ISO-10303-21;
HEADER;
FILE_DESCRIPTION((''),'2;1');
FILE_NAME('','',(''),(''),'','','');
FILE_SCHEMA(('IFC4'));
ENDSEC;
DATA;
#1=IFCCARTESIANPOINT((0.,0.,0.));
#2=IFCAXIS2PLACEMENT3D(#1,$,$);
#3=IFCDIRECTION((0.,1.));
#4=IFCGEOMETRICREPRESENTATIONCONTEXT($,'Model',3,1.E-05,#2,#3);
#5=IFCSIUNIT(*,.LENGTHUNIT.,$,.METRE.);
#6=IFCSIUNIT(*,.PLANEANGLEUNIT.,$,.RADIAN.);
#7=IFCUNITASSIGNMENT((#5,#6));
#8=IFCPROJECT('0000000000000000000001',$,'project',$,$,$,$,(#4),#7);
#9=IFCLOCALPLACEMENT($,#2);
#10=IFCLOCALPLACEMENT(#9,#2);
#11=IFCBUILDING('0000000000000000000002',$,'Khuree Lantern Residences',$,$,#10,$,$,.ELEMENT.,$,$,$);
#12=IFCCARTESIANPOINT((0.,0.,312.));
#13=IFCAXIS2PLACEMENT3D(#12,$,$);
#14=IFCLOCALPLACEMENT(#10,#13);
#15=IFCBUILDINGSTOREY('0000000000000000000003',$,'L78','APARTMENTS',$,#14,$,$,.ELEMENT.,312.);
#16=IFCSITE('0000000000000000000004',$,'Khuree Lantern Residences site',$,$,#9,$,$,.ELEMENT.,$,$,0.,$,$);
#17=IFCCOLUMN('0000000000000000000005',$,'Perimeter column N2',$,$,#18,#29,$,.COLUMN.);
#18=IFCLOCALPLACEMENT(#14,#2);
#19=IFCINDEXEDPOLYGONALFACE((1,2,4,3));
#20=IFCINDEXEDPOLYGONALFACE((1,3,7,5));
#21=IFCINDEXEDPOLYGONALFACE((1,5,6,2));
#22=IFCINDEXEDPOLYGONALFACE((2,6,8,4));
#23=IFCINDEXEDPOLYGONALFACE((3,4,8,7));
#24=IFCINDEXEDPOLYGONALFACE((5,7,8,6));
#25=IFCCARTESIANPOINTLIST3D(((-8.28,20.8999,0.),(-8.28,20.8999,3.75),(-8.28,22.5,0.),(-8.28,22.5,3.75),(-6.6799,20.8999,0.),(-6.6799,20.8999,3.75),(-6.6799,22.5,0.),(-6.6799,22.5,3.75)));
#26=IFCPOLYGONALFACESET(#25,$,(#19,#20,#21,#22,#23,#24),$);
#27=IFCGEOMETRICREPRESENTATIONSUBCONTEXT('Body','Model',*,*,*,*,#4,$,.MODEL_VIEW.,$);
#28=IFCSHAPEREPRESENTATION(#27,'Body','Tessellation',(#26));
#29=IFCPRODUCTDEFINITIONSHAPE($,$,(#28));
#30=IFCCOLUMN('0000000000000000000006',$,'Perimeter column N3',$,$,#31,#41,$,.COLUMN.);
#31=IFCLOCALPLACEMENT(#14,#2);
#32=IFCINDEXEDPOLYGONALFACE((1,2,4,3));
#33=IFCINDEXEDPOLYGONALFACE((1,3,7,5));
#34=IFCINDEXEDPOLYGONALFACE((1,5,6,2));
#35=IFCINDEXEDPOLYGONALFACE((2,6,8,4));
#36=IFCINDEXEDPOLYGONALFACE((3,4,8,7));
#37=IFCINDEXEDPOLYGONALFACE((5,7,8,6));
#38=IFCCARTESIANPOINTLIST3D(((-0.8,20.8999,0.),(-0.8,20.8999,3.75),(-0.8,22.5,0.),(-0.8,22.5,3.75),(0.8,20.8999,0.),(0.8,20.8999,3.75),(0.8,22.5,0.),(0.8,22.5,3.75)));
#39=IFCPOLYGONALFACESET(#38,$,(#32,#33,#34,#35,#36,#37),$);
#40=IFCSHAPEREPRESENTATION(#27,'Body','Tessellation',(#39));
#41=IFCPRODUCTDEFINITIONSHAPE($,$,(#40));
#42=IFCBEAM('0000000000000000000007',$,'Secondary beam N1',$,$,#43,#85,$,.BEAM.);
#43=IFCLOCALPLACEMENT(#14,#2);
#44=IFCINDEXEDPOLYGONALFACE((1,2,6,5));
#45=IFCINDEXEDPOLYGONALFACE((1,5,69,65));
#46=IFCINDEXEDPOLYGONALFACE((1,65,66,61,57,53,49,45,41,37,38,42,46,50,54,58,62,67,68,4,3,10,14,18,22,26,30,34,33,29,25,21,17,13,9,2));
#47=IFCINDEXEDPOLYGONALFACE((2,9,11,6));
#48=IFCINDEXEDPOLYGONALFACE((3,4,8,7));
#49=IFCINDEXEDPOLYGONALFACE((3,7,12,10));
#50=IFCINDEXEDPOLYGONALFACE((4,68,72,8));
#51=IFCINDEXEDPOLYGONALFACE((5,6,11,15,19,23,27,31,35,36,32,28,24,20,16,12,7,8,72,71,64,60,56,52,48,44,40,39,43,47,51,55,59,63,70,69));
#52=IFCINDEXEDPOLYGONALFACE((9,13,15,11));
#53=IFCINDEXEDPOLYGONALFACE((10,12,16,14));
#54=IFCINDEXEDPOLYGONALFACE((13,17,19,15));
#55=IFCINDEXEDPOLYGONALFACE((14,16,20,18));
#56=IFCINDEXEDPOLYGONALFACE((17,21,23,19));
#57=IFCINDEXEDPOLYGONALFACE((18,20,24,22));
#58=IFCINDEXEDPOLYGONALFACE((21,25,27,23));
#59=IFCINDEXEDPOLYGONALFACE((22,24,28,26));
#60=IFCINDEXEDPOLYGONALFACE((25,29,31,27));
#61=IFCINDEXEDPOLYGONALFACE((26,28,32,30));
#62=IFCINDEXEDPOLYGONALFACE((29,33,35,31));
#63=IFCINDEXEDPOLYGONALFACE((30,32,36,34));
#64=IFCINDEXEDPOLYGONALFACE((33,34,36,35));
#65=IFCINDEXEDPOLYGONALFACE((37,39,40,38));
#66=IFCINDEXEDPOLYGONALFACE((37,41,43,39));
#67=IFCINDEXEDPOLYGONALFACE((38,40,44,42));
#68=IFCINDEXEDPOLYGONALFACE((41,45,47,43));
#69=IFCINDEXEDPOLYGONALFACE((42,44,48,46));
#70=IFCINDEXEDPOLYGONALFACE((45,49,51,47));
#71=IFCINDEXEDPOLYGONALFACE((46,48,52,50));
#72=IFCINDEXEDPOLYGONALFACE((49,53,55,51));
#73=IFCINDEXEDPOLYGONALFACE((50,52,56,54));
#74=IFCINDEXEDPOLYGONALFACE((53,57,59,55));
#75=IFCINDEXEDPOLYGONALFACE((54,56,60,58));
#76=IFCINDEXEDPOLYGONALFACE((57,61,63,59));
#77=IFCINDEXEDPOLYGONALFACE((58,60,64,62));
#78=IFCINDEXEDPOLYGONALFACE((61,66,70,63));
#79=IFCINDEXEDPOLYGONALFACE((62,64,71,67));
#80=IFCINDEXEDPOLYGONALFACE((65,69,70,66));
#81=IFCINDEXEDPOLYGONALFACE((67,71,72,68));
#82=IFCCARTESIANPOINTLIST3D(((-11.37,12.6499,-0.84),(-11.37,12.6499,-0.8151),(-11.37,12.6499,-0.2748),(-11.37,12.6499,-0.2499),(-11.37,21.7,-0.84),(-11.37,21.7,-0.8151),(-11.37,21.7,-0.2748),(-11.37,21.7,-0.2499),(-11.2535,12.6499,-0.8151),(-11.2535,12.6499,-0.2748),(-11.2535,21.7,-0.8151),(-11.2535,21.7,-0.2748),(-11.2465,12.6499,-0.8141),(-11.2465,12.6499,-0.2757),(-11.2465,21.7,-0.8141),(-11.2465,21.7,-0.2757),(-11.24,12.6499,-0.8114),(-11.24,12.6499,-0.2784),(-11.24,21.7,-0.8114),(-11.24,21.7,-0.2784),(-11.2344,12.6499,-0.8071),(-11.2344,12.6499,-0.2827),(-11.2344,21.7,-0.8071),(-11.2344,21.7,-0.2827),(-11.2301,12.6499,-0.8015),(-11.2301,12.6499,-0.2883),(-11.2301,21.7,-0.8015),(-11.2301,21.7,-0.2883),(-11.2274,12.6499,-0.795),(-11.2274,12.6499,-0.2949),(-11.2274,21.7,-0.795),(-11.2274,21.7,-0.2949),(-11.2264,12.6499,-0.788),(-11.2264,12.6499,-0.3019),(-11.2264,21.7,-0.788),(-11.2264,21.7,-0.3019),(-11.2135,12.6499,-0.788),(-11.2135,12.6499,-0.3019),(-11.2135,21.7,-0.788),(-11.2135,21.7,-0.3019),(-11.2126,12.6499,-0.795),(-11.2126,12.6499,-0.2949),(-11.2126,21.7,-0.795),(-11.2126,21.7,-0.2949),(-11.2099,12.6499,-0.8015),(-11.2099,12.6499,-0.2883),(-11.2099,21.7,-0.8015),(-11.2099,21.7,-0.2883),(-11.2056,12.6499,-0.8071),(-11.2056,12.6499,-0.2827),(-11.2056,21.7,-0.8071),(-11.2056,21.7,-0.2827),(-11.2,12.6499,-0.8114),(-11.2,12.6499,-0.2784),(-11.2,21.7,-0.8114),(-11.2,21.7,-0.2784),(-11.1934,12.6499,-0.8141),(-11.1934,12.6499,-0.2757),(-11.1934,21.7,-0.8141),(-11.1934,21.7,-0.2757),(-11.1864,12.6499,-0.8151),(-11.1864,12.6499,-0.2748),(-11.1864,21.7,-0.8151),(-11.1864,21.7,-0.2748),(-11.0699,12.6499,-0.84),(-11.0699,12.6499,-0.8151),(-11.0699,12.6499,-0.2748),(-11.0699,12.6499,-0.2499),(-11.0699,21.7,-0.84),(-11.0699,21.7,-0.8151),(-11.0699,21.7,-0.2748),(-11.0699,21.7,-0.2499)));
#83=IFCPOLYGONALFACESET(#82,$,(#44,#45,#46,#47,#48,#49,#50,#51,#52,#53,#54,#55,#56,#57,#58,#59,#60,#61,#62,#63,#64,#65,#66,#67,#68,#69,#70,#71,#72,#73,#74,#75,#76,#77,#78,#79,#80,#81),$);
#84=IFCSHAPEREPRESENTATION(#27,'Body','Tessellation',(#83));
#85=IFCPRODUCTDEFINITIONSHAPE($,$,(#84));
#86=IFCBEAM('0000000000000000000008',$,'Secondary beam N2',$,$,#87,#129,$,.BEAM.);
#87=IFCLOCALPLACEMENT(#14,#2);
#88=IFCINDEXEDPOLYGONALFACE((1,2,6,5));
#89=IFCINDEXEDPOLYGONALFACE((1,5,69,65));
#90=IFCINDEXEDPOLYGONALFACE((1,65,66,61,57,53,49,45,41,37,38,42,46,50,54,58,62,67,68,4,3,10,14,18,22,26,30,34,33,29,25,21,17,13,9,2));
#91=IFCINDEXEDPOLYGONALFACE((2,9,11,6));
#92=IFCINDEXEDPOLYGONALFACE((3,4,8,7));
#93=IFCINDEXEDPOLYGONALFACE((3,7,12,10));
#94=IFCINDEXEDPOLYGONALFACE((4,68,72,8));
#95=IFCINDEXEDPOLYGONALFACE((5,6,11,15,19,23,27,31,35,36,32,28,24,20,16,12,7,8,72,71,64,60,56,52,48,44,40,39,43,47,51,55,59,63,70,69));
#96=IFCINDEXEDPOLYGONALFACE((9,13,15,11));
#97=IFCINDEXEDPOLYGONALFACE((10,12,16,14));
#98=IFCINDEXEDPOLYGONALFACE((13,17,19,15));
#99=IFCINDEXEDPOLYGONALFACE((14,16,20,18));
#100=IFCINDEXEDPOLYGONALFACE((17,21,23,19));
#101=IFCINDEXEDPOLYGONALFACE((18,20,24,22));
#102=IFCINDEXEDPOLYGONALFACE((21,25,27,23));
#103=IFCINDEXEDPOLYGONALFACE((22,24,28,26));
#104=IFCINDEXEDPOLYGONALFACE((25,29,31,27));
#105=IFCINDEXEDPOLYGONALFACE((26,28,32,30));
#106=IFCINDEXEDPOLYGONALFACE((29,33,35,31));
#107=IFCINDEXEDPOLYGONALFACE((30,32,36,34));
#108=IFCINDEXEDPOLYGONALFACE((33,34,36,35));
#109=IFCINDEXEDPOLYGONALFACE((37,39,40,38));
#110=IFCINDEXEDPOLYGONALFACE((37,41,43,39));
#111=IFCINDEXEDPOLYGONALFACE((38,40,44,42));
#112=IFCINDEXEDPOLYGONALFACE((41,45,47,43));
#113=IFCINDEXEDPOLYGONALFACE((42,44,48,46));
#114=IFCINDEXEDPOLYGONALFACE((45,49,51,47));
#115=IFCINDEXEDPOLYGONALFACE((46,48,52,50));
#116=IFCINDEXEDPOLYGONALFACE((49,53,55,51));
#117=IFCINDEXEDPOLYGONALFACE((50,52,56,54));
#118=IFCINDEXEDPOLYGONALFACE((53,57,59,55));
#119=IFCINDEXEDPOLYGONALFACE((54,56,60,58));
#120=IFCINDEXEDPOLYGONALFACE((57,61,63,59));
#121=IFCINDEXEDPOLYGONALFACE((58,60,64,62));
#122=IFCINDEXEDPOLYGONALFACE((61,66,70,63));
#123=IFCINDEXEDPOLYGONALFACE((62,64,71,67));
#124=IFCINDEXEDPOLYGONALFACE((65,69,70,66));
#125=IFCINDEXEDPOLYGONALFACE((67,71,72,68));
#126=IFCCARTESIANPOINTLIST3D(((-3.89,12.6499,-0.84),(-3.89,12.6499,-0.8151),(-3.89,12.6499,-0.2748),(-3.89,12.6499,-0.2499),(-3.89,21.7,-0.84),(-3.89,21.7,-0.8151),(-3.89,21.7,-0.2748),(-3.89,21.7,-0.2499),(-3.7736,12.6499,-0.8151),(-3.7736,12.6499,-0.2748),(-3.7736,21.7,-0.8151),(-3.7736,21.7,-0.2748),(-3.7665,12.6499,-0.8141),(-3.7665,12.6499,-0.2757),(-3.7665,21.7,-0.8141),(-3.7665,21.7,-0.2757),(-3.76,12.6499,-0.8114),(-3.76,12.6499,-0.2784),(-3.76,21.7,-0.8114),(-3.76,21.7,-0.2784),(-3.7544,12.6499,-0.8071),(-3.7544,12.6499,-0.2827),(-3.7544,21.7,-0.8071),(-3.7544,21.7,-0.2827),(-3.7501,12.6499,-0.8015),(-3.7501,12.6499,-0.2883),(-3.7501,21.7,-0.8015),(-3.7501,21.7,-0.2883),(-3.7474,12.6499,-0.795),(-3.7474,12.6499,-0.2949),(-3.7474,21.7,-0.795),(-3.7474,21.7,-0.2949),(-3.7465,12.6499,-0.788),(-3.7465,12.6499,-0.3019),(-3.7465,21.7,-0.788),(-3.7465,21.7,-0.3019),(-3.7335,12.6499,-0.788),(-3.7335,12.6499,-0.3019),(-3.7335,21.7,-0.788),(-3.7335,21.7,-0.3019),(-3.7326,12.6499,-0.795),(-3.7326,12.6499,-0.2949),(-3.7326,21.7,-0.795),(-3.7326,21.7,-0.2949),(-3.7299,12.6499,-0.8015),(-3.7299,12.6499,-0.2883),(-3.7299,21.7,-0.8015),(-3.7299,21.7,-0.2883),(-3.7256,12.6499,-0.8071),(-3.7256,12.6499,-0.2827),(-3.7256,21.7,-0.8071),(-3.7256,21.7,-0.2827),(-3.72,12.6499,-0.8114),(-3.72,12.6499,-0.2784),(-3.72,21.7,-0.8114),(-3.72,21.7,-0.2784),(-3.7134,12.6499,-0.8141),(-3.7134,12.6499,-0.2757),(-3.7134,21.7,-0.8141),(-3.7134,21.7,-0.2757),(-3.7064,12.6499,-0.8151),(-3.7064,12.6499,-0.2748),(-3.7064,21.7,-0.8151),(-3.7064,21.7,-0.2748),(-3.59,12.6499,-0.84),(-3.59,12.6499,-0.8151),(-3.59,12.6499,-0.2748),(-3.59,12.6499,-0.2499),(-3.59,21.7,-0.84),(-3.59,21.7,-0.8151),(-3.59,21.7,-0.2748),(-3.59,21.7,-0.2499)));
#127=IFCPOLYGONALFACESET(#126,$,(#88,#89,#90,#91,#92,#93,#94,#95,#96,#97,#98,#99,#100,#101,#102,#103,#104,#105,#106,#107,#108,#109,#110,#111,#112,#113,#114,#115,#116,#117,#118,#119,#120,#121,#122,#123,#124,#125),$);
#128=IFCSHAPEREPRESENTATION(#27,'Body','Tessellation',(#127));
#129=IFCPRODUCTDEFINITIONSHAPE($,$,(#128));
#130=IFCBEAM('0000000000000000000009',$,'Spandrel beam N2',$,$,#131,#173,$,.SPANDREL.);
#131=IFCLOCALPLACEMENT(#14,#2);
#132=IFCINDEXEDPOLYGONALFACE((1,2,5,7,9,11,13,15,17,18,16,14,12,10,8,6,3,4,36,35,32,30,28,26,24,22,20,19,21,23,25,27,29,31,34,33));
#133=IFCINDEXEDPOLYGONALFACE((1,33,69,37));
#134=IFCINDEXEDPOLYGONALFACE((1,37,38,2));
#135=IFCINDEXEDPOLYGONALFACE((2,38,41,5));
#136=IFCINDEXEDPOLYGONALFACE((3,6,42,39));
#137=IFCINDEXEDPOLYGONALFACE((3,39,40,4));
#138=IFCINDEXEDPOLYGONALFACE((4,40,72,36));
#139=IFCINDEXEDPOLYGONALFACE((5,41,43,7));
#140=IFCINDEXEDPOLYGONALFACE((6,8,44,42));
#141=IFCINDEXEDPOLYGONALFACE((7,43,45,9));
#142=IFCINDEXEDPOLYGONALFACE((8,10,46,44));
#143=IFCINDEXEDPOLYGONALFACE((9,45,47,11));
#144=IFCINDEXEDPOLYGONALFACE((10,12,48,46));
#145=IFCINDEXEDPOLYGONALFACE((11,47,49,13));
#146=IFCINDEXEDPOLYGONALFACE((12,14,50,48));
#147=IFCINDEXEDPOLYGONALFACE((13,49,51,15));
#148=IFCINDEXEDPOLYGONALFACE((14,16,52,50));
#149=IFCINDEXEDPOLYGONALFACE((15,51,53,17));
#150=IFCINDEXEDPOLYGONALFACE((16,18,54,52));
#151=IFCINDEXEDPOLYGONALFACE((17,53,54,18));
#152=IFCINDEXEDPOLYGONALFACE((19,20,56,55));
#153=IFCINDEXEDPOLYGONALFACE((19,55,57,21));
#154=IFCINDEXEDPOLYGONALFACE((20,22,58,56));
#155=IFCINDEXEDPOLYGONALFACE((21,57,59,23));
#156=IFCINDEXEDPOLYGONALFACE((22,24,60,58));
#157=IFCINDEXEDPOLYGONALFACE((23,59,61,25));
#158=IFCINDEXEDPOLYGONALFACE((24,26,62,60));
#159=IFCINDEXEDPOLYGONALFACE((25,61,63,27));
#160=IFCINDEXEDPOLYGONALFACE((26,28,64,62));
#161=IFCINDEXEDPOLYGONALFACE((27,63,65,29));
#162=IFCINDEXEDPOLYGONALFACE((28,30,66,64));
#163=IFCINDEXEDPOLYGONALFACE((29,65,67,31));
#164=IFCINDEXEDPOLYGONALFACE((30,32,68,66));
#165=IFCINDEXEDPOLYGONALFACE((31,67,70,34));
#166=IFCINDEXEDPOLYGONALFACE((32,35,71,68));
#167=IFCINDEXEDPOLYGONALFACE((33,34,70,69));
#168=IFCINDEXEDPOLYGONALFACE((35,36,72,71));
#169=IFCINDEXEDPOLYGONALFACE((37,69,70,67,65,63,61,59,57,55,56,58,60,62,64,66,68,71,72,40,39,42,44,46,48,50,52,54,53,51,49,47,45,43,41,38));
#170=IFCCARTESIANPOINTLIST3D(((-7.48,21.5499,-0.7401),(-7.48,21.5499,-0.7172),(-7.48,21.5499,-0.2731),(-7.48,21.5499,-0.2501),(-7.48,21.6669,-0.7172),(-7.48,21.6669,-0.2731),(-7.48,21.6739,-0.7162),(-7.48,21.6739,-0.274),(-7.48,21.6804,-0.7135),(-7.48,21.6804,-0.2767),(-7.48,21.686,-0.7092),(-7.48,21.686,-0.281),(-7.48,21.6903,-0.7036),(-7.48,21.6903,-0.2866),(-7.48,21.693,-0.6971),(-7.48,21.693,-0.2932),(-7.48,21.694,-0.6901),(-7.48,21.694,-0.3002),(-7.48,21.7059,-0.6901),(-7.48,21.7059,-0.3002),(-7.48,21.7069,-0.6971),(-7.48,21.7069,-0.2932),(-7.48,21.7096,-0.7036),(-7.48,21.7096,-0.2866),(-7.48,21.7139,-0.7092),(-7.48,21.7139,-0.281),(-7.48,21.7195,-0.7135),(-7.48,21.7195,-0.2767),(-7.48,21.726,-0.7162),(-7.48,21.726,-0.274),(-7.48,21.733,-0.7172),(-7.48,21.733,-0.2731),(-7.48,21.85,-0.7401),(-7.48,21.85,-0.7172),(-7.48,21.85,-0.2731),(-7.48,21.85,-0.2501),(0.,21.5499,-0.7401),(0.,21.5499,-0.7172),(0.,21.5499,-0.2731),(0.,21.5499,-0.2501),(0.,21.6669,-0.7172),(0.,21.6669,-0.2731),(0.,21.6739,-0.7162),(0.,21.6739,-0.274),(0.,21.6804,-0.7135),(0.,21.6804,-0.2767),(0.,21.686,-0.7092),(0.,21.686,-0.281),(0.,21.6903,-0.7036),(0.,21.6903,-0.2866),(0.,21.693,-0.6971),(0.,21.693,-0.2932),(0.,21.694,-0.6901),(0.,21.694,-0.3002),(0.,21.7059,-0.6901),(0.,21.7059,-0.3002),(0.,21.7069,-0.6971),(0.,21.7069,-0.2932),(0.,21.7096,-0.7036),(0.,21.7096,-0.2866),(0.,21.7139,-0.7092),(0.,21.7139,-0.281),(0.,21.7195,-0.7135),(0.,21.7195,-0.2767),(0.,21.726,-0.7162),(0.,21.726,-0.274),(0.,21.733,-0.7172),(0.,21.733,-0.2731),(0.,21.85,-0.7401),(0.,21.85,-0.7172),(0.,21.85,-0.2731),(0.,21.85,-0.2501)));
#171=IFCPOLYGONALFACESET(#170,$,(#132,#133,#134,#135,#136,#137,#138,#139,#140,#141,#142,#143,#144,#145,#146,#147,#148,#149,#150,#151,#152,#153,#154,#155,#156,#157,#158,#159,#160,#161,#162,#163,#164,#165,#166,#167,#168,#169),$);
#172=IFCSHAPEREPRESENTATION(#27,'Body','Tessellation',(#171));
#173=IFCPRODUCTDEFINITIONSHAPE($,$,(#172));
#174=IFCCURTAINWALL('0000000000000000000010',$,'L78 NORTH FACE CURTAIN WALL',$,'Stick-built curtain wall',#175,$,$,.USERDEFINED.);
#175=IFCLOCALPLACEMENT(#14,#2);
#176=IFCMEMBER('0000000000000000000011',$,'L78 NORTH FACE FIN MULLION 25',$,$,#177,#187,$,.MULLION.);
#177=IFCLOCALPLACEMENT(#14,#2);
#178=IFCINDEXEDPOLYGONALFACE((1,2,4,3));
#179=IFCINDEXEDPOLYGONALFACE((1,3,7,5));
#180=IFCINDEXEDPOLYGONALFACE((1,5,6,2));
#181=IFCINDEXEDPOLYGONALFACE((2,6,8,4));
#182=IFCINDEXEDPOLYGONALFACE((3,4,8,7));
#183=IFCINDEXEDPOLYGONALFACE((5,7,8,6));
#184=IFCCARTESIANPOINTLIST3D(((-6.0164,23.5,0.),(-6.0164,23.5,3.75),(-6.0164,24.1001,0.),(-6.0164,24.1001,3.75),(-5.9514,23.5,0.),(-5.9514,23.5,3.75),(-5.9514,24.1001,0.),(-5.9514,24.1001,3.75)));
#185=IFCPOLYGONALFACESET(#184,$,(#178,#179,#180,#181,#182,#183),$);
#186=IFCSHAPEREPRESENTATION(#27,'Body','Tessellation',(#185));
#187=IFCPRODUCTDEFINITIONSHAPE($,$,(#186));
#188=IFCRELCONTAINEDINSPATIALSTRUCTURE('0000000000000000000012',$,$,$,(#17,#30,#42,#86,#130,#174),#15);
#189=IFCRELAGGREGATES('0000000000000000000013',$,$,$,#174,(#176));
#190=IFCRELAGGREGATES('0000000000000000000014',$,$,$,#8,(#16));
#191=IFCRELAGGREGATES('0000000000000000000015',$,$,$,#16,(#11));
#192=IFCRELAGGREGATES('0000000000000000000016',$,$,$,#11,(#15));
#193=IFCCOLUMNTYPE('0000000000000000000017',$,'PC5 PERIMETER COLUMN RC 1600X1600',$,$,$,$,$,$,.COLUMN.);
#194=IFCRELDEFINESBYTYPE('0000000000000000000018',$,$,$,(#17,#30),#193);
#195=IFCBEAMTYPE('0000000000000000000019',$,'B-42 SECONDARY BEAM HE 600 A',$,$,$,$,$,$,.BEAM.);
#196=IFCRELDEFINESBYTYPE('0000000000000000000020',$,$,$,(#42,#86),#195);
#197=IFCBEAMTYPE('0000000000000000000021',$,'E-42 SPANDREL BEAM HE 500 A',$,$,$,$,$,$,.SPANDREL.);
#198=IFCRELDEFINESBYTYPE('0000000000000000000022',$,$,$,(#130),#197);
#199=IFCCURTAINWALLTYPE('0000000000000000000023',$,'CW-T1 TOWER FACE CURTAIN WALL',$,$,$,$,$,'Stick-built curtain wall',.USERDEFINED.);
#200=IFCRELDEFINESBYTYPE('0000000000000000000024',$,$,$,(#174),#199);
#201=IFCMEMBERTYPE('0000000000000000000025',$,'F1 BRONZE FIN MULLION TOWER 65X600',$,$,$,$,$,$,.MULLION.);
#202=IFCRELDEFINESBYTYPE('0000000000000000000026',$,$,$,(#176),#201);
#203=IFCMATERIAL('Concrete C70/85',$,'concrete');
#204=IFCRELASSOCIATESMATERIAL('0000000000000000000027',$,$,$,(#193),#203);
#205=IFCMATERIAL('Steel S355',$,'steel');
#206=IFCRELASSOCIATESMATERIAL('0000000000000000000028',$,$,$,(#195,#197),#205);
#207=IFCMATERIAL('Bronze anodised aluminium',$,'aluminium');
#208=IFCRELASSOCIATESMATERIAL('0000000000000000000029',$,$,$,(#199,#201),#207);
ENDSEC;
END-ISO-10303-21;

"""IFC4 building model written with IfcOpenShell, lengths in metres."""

from ifc_helpers import new_model, si_unit, direction, frame, origin, origin_2d, place, context, subcontext, project, spatial, rectangle, i_section, extrude, material, material_profile, profile_set, type_object, element, aggregate, save


model = new_model("IFC4")

# Units and contexts
model_context = context("Model", 3, precision=1e-05, world=origin(), true_north=direction((0.0, 1.0)))
body_context = subcontext(model_context, "Body", "Model", "MODEL_VIEW")
ifc_project = project(units=[si_unit("LENGTHUNIT", "METRE"), si_unit("PLANEANGLEUNIT", "RADIAN")], contexts=[model_context])

# Site, building, storey
site_placement = place(None, origin())
site = spatial("IfcSite", under=ifc_project, at=site_placement, Name="Khuree Lantern Residences site", CompositionType="ELEMENT", RefElevation=0.0)
building_placement = place(site_placement, origin())
building = spatial("IfcBuilding", under=site, at=building_placement, Name="Khuree Lantern Residences", CompositionType="ELEMENT")
storey_placement = place(building_placement, frame((0.0, 0.0, 312.0)))
storey = spatial("IfcBuildingStorey", under=building, at=storey_placement, Name="L78", Description="APARTMENTS", CompositionType="ELEMENT", Elevation=312.0)

# Columns
ifc_material_1 = material(Name="Concrete C70/85", Category="concrete")
ifc_material_profile_1 = material_profile(ifc_material_1, rectangle(XDim=1.6001, YDim=1.6001, at=origin_2d()), Name="RC 1600X1600")
ifc_profile_set_1 = profile_set([ifc_material_profile_1], Name="Concrete C70/85")
column_type = type_object("IfcColumnType", Name="PC5 PERIMETER COLUMN RC 1600X1600", PredefinedType="COLUMN", material=ifc_profile_set_1)
for number, where, z_axis, x_axis, name in (
    (1, (-7.48, 21.7, 0.0), (0.0, 0.0, 1.0), (1.0, 0.0, 0.0), "Perimeter column N2"),
    (2, (0.0, 21.7, 0.0), (0.0, 0.0, 1.0), (1.0, 0.0, 0.0), "Perimeter column N3"),
):
    element("IfcColumn", number, at=place(storey_placement, frame(where, z_axis=z_axis, x_axis=x_axis)), inside=storey, type_object=column_type, Name=name, PredefinedType="COLUMN", context=body_context, shape_type="SweptSolid", body=[
        extrude(rectangle(XDim=1.6001, YDim=1.6001, at=origin_2d()), origin(), (0.0, 0.0, 1.0), 3.75),
    ])

# Beams
ifc_material_2 = material(Name="Steel S355", Category="steel")
ifc_material_profile_2 = material_profile(ifc_material_2, i_section(OverallWidth=0.3, OverallDepth=0.5901, WebThickness=0.0129, FlangeThickness=0.0249, FilletRadius=0.0271, at=origin_2d()), Name="HE 600 A")
ifc_profile_set_2 = profile_set([ifc_material_profile_2], Name="Steel S355")
beam_type_1 = type_object("IfcBeamType", Name="B-42 SECONDARY BEAM HE 600 A", PredefinedType="BEAM", material=ifc_profile_set_2)
for number, where, z_axis, x_axis, name in (
    (3, (-11.22, 21.7, -0.5449), (0.0, -1.0, 0.0), (1.0, 0.0, 0.0), "Secondary beam N1"),
    (4, (-3.74, 21.7, -0.5449), (0.0, -1.0, 0.0), (1.0, 0.0, 0.0), "Secondary beam N2"),
):
    element("IfcBeam", number, at=place(storey_placement, frame(where, z_axis=z_axis, x_axis=x_axis)), inside=storey, type_object=beam_type_1, Name=name, PredefinedType="BEAM", context=body_context, shape_type="SweptSolid", body=[
        extrude(i_section(OverallWidth=0.3, OverallDepth=0.5901, WebThickness=0.0129, FlangeThickness=0.0249, FilletRadius=0.0271, at=origin_2d()), origin(), (0.0, 0.0, 1.0), 9.05),
    ])
ifc_material_profile_3 = material_profile(ifc_material_2, i_section(OverallWidth=0.3, OverallDepth=0.49, WebThickness=0.012, FlangeThickness=0.0229, FilletRadius=0.0271, at=origin_2d()), Name="HE 500 A")
ifc_profile_set_3 = profile_set([ifc_material_profile_3], Name="Steel S355")
beam_type_2 = type_object("IfcBeamType", Name="E-42 SPANDREL BEAM HE 500 A", PredefinedType="SPANDREL", material=ifc_profile_set_3)
beam_1_placement = place(storey_placement, frame((-7.48, 21.7, -0.4951), z_axis=(1.0, 0.0, 0.0), x_axis=(0.0, 1.0, 0.0)))
element("IfcBeam", 5, at=beam_1_placement, inside=storey, type_object=beam_type_2, Name="Spandrel beam N2", PredefinedType="SPANDREL", context=body_context, shape_type="SweptSolid", body=[
    extrude(i_section(OverallWidth=0.3, OverallDepth=0.49, WebThickness=0.012, FlangeThickness=0.0229, FilletRadius=0.0271, at=origin_2d()), origin(), (0.0, 0.0, 1.0), 7.48),
])

# Curtain wall, member
ifc_material_3 = material(Name="Bronze anodised aluminium", Category="aluminium")
curtain_wall_type = type_object("IfcCurtainWallType", Name="CW-T1 TOWER FACE CURTAIN WALL", ElementType="Stick-built curtain wall", PredefinedType="USERDEFINED", material=ifc_material_3)
curtain_wall_placement = place(storey_placement, origin())
curtain_wall = element("IfcCurtainWall", 6, at=curtain_wall_placement, inside=storey, type_object=curtain_wall_type, Name="L78 NORTH FACE CURTAIN WALL", ObjectType="Stick-built curtain wall", PredefinedType="USERDEFINED")
ifc_material_profile_4 = material_profile(ifc_material_3, rectangle(XDim=0.0649, YDim=0.6001, at=origin_2d()), Name="F1 65X600")
ifc_profile_set_4 = profile_set([ifc_material_profile_4], Name="Bronze anodised aluminium")
member_type_1 = type_object("IfcMemberType", Name="F1 BRONZE FIN MULLION TOWER 65X600", PredefinedType="MULLION", material=ifc_profile_set_4)
member_1_placement = place(storey_placement, frame((-5.9839, 23.8, 0.0), z_axis=(0.0, 0.0, 1.0), x_axis=(-1.0, 0.0, 0.0)))
member_1 = element("IfcMember", 7, at=member_1_placement, type_object=member_type_1, Name="L78 NORTH FACE FIN MULLION 25", PredefinedType="MULLION", context=body_context, shape_type="SweptSolid", body=[
    extrude(rectangle(XDim=0.0649, YDim=0.6001, at=origin_2d()), origin(), (0.0, 0.0, 1.0), 3.75),
])

aggregate(curtain_wall, [member_1])

save(model, "model.ifc")
